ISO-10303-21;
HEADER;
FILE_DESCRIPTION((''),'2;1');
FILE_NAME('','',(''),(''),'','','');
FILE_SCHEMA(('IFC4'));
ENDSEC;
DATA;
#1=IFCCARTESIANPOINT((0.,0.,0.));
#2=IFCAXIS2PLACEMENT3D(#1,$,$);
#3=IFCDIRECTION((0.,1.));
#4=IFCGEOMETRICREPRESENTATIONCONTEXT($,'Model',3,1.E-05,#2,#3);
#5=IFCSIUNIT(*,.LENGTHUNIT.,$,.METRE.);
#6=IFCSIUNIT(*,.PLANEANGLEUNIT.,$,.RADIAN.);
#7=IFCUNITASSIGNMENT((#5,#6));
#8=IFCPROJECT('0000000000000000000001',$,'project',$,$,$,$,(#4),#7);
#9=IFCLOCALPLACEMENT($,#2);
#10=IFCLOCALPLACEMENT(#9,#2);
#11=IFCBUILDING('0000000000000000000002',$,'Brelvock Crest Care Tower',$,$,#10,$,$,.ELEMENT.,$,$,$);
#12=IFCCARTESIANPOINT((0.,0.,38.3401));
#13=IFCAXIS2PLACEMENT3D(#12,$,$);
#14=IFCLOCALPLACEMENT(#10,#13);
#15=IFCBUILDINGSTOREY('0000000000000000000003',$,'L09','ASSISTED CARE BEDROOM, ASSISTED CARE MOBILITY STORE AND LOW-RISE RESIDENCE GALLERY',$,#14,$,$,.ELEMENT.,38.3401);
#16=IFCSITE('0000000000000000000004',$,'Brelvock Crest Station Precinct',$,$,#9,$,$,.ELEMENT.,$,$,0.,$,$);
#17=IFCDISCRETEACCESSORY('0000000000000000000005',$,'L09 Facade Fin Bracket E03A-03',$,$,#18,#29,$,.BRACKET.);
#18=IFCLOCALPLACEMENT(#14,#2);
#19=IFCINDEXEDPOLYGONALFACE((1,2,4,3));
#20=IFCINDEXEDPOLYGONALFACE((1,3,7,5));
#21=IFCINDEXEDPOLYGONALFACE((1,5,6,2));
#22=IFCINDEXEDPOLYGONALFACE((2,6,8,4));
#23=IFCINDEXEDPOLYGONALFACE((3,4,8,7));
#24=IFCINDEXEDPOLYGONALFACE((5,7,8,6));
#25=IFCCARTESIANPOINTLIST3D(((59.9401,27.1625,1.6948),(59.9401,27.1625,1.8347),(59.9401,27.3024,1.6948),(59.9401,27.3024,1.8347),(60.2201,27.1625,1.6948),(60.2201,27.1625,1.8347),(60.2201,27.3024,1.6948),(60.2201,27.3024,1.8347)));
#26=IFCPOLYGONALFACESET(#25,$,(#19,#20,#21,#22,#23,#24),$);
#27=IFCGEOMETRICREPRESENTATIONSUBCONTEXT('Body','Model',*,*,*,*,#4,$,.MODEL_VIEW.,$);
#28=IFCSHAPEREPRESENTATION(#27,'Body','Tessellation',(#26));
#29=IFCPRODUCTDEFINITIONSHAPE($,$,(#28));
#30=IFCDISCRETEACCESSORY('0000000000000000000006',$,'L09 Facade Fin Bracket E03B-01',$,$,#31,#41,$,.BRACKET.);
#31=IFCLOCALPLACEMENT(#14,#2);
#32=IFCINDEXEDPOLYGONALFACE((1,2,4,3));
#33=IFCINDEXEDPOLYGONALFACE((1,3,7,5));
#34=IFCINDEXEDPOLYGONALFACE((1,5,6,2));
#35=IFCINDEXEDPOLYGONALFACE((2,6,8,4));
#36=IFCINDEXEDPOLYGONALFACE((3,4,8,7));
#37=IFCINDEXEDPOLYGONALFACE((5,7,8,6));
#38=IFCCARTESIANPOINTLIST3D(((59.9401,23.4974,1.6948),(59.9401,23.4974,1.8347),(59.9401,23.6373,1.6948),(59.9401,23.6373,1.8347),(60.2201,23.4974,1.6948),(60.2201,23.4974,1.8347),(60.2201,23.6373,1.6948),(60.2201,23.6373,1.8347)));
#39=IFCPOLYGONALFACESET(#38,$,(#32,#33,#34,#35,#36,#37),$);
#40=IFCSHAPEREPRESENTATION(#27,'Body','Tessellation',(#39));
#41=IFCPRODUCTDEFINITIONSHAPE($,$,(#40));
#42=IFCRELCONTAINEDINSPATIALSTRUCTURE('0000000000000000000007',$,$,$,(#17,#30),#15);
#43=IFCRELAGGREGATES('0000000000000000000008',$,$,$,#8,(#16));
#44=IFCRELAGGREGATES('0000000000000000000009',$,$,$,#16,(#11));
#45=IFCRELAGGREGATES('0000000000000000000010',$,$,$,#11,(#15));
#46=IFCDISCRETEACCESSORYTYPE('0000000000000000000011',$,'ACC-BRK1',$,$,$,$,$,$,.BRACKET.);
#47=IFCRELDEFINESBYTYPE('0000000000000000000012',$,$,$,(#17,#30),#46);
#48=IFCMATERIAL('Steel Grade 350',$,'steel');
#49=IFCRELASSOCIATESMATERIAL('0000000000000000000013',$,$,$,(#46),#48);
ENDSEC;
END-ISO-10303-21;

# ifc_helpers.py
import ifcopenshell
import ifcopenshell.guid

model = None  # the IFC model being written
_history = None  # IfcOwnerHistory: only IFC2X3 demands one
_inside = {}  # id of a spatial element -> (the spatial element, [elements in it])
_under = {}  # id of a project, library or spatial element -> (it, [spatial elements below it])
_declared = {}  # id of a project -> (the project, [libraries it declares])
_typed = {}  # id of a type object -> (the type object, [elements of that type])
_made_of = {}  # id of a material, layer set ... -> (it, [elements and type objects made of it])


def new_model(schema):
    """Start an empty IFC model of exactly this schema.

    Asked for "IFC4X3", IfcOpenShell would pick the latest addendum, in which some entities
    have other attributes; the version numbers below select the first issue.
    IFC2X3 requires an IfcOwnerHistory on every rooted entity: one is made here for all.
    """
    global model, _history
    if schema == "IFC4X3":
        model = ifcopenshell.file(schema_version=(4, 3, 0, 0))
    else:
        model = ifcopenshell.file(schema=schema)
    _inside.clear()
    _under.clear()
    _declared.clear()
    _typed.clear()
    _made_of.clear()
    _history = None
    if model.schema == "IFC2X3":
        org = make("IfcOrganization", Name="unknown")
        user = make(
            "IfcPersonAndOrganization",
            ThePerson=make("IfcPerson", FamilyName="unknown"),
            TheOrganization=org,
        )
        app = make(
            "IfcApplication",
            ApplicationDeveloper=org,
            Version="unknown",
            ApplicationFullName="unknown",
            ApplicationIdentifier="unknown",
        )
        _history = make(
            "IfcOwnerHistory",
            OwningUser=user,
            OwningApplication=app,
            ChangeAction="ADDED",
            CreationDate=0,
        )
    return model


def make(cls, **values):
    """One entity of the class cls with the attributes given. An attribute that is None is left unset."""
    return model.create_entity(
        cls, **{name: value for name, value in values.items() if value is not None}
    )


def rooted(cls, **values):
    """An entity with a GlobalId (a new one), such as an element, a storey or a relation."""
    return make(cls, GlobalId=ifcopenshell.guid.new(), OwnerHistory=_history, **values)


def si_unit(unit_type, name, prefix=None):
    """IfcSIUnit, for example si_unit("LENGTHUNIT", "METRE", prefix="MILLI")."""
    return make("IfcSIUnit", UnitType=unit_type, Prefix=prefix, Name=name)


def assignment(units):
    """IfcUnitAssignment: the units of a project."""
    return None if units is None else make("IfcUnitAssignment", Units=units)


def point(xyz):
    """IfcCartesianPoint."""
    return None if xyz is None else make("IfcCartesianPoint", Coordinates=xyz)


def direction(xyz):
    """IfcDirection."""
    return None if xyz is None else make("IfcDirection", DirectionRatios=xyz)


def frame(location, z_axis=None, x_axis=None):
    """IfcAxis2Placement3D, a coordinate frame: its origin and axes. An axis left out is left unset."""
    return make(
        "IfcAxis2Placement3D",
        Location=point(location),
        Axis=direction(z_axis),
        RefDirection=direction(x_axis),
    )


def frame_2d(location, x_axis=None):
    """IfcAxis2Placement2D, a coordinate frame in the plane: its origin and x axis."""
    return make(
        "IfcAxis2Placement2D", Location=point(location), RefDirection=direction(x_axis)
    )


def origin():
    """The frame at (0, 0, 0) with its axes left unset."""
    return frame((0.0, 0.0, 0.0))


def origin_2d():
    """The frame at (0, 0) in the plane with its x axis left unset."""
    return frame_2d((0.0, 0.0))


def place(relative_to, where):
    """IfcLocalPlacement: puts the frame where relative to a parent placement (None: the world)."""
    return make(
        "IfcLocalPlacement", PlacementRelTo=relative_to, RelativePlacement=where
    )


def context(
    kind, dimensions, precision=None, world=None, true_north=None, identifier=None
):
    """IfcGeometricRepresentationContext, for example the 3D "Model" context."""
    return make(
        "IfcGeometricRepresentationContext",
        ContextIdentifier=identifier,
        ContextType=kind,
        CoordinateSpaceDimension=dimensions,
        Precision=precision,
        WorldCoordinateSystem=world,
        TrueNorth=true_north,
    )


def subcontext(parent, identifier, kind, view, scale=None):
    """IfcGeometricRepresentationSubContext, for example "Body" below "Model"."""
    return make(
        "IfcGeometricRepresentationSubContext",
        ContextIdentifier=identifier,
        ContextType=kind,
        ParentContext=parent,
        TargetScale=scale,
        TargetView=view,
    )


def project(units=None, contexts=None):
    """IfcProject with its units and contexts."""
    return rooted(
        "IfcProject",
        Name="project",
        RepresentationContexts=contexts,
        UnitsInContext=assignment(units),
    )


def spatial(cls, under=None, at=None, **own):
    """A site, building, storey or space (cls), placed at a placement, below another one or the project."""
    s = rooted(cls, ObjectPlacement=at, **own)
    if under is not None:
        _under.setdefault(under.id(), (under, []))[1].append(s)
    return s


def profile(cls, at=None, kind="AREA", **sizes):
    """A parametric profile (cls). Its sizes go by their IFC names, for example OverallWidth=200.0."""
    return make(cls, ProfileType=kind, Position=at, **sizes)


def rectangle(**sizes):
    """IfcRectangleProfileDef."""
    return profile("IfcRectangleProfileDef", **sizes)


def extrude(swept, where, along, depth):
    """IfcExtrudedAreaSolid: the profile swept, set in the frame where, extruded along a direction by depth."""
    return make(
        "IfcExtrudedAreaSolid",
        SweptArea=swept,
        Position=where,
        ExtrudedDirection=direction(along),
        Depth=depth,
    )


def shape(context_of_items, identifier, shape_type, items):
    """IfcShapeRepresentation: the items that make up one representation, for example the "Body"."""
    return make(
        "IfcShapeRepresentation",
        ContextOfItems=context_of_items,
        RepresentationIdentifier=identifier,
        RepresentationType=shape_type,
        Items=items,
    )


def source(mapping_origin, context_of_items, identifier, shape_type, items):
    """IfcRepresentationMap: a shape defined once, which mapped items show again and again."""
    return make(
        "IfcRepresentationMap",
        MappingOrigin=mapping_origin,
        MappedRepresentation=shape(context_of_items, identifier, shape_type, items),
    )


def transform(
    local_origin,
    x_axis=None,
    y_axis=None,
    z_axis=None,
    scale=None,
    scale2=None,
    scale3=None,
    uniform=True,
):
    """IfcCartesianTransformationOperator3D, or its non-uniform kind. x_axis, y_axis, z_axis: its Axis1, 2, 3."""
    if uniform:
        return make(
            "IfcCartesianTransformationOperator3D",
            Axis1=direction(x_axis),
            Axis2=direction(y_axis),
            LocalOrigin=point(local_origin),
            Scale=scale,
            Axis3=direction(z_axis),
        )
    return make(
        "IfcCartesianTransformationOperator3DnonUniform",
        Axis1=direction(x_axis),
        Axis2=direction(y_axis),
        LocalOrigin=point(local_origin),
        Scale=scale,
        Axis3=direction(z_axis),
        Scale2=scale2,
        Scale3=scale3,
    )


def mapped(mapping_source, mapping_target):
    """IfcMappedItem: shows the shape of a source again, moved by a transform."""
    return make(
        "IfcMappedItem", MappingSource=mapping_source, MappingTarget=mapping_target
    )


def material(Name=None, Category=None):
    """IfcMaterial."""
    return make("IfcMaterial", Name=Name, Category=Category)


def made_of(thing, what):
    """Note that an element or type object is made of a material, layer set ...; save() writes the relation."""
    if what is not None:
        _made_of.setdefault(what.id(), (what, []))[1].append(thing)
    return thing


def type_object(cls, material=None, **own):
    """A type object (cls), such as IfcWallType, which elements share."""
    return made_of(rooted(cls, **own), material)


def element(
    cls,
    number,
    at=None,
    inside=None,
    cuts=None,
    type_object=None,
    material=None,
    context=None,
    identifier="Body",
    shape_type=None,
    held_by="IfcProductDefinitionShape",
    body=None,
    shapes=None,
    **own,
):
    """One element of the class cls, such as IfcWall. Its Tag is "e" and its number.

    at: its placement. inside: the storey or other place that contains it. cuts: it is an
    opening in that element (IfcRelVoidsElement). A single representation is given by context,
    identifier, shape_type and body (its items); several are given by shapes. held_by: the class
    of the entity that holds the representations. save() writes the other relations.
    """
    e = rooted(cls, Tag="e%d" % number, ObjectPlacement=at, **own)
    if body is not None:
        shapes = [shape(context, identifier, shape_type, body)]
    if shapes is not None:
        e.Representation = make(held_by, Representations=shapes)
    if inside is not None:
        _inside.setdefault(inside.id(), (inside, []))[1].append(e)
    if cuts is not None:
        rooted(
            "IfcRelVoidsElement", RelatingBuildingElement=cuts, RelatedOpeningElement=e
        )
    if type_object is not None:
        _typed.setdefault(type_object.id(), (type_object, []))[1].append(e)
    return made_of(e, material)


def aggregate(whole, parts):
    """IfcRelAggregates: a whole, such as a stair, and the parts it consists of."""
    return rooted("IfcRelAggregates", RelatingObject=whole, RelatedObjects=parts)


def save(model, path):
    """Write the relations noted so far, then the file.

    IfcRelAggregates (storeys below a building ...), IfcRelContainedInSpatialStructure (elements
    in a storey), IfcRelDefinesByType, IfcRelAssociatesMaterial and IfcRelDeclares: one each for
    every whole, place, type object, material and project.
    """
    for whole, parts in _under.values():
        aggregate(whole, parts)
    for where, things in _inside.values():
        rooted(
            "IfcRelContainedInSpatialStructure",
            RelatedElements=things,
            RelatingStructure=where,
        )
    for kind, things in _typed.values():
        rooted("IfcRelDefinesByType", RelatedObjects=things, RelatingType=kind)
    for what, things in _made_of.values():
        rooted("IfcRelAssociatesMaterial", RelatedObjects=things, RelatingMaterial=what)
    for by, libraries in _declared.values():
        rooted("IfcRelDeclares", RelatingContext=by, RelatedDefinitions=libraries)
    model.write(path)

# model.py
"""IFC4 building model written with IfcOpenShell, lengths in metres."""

from ifc_helpers import new_model, si_unit, direction, frame, origin, origin_2d, place, context, subcontext, project, spatial, rectangle, extrude, source, transform, mapped, material, type_object, element, save


model = new_model("IFC4")

# Units and contexts
model_context = context("Model", 3, precision=1e-05, world=origin(), true_north=direction((0.0, 1.0)))
body_context = subcontext(model_context, "Body", "Model", "MODEL_VIEW")
ifc_project = project(units=[si_unit("LENGTHUNIT", "METRE"), si_unit("PLANEANGLEUNIT", "RADIAN")], contexts=[model_context])

# Site, building, storey
site_placement = place(None, origin())
site = spatial("IfcSite", under=ifc_project, at=site_placement, Name="Brelvock Crest Station Precinct", CompositionType="ELEMENT", RefElevation=0.0)
building_placement = place(site_placement, origin())
building = spatial("IfcBuilding", under=site, at=building_placement, Name="Brelvock Crest Care Tower", CompositionType="ELEMENT")
storey_placement = place(building_placement, frame((0.0, 0.0, 38.3401)))
storey = spatial("IfcBuildingStorey", under=building, at=storey_placement, Name="L09", Description="ASSISTED CARE BEDROOM, ASSISTED CARE MOBILITY STORE AND LOW-RISE RESIDENCE GALLERY", CompositionType="ELEMENT", Elevation=38.3401)

# Discrete accessories
ifc_material_1 = material(Name="Steel Grade 350", Category="steel")
discrete_accessory_type = type_object("IfcDiscreteAccessoryType", Name="ACC-BRK1", PredefinedType="BRACKET", material=ifc_material_1)
shared_shape_1 = source(origin(), body_context, "Body", "SweptSolid", [
    extrude(rectangle(XDim=0.28, YDim=0.1399, at=origin_2d()), origin(), (0.0, 0.0, 1.0), 0.1399),
])
for number, where, z_axis, x_axis, name in (
    (1, (60.0801, 27.2324, 1.6948), (0.0, 0.0, 1.0), (1.0, 0.0, 0.0), "L09 Facade Fin Bracket E03A-03"),
    (2, (60.0801, 23.5674, 1.6948), (0.0, 0.0, 1.0), (1.0, 0.0, 0.0), "L09 Facade Fin Bracket E03B-01"),
):
    element("IfcDiscreteAccessory", number, at=place(storey_placement, frame(where, z_axis=z_axis, x_axis=x_axis)), inside=storey, type_object=discrete_accessory_type, Name=name, PredefinedType="BRACKET", context=body_context, shape_type="MappedRepresentation", body=[
        mapped(shared_shape_1, transform((0.0, 0.0, 0.0), x_axis=(1.0, 0.0, 0.0), y_axis=(0.0, 1.0, 0.0), z_axis=(0.0, 0.0, 1.0), scale=1.0)),
    ])

save(model, "model.ifc")
